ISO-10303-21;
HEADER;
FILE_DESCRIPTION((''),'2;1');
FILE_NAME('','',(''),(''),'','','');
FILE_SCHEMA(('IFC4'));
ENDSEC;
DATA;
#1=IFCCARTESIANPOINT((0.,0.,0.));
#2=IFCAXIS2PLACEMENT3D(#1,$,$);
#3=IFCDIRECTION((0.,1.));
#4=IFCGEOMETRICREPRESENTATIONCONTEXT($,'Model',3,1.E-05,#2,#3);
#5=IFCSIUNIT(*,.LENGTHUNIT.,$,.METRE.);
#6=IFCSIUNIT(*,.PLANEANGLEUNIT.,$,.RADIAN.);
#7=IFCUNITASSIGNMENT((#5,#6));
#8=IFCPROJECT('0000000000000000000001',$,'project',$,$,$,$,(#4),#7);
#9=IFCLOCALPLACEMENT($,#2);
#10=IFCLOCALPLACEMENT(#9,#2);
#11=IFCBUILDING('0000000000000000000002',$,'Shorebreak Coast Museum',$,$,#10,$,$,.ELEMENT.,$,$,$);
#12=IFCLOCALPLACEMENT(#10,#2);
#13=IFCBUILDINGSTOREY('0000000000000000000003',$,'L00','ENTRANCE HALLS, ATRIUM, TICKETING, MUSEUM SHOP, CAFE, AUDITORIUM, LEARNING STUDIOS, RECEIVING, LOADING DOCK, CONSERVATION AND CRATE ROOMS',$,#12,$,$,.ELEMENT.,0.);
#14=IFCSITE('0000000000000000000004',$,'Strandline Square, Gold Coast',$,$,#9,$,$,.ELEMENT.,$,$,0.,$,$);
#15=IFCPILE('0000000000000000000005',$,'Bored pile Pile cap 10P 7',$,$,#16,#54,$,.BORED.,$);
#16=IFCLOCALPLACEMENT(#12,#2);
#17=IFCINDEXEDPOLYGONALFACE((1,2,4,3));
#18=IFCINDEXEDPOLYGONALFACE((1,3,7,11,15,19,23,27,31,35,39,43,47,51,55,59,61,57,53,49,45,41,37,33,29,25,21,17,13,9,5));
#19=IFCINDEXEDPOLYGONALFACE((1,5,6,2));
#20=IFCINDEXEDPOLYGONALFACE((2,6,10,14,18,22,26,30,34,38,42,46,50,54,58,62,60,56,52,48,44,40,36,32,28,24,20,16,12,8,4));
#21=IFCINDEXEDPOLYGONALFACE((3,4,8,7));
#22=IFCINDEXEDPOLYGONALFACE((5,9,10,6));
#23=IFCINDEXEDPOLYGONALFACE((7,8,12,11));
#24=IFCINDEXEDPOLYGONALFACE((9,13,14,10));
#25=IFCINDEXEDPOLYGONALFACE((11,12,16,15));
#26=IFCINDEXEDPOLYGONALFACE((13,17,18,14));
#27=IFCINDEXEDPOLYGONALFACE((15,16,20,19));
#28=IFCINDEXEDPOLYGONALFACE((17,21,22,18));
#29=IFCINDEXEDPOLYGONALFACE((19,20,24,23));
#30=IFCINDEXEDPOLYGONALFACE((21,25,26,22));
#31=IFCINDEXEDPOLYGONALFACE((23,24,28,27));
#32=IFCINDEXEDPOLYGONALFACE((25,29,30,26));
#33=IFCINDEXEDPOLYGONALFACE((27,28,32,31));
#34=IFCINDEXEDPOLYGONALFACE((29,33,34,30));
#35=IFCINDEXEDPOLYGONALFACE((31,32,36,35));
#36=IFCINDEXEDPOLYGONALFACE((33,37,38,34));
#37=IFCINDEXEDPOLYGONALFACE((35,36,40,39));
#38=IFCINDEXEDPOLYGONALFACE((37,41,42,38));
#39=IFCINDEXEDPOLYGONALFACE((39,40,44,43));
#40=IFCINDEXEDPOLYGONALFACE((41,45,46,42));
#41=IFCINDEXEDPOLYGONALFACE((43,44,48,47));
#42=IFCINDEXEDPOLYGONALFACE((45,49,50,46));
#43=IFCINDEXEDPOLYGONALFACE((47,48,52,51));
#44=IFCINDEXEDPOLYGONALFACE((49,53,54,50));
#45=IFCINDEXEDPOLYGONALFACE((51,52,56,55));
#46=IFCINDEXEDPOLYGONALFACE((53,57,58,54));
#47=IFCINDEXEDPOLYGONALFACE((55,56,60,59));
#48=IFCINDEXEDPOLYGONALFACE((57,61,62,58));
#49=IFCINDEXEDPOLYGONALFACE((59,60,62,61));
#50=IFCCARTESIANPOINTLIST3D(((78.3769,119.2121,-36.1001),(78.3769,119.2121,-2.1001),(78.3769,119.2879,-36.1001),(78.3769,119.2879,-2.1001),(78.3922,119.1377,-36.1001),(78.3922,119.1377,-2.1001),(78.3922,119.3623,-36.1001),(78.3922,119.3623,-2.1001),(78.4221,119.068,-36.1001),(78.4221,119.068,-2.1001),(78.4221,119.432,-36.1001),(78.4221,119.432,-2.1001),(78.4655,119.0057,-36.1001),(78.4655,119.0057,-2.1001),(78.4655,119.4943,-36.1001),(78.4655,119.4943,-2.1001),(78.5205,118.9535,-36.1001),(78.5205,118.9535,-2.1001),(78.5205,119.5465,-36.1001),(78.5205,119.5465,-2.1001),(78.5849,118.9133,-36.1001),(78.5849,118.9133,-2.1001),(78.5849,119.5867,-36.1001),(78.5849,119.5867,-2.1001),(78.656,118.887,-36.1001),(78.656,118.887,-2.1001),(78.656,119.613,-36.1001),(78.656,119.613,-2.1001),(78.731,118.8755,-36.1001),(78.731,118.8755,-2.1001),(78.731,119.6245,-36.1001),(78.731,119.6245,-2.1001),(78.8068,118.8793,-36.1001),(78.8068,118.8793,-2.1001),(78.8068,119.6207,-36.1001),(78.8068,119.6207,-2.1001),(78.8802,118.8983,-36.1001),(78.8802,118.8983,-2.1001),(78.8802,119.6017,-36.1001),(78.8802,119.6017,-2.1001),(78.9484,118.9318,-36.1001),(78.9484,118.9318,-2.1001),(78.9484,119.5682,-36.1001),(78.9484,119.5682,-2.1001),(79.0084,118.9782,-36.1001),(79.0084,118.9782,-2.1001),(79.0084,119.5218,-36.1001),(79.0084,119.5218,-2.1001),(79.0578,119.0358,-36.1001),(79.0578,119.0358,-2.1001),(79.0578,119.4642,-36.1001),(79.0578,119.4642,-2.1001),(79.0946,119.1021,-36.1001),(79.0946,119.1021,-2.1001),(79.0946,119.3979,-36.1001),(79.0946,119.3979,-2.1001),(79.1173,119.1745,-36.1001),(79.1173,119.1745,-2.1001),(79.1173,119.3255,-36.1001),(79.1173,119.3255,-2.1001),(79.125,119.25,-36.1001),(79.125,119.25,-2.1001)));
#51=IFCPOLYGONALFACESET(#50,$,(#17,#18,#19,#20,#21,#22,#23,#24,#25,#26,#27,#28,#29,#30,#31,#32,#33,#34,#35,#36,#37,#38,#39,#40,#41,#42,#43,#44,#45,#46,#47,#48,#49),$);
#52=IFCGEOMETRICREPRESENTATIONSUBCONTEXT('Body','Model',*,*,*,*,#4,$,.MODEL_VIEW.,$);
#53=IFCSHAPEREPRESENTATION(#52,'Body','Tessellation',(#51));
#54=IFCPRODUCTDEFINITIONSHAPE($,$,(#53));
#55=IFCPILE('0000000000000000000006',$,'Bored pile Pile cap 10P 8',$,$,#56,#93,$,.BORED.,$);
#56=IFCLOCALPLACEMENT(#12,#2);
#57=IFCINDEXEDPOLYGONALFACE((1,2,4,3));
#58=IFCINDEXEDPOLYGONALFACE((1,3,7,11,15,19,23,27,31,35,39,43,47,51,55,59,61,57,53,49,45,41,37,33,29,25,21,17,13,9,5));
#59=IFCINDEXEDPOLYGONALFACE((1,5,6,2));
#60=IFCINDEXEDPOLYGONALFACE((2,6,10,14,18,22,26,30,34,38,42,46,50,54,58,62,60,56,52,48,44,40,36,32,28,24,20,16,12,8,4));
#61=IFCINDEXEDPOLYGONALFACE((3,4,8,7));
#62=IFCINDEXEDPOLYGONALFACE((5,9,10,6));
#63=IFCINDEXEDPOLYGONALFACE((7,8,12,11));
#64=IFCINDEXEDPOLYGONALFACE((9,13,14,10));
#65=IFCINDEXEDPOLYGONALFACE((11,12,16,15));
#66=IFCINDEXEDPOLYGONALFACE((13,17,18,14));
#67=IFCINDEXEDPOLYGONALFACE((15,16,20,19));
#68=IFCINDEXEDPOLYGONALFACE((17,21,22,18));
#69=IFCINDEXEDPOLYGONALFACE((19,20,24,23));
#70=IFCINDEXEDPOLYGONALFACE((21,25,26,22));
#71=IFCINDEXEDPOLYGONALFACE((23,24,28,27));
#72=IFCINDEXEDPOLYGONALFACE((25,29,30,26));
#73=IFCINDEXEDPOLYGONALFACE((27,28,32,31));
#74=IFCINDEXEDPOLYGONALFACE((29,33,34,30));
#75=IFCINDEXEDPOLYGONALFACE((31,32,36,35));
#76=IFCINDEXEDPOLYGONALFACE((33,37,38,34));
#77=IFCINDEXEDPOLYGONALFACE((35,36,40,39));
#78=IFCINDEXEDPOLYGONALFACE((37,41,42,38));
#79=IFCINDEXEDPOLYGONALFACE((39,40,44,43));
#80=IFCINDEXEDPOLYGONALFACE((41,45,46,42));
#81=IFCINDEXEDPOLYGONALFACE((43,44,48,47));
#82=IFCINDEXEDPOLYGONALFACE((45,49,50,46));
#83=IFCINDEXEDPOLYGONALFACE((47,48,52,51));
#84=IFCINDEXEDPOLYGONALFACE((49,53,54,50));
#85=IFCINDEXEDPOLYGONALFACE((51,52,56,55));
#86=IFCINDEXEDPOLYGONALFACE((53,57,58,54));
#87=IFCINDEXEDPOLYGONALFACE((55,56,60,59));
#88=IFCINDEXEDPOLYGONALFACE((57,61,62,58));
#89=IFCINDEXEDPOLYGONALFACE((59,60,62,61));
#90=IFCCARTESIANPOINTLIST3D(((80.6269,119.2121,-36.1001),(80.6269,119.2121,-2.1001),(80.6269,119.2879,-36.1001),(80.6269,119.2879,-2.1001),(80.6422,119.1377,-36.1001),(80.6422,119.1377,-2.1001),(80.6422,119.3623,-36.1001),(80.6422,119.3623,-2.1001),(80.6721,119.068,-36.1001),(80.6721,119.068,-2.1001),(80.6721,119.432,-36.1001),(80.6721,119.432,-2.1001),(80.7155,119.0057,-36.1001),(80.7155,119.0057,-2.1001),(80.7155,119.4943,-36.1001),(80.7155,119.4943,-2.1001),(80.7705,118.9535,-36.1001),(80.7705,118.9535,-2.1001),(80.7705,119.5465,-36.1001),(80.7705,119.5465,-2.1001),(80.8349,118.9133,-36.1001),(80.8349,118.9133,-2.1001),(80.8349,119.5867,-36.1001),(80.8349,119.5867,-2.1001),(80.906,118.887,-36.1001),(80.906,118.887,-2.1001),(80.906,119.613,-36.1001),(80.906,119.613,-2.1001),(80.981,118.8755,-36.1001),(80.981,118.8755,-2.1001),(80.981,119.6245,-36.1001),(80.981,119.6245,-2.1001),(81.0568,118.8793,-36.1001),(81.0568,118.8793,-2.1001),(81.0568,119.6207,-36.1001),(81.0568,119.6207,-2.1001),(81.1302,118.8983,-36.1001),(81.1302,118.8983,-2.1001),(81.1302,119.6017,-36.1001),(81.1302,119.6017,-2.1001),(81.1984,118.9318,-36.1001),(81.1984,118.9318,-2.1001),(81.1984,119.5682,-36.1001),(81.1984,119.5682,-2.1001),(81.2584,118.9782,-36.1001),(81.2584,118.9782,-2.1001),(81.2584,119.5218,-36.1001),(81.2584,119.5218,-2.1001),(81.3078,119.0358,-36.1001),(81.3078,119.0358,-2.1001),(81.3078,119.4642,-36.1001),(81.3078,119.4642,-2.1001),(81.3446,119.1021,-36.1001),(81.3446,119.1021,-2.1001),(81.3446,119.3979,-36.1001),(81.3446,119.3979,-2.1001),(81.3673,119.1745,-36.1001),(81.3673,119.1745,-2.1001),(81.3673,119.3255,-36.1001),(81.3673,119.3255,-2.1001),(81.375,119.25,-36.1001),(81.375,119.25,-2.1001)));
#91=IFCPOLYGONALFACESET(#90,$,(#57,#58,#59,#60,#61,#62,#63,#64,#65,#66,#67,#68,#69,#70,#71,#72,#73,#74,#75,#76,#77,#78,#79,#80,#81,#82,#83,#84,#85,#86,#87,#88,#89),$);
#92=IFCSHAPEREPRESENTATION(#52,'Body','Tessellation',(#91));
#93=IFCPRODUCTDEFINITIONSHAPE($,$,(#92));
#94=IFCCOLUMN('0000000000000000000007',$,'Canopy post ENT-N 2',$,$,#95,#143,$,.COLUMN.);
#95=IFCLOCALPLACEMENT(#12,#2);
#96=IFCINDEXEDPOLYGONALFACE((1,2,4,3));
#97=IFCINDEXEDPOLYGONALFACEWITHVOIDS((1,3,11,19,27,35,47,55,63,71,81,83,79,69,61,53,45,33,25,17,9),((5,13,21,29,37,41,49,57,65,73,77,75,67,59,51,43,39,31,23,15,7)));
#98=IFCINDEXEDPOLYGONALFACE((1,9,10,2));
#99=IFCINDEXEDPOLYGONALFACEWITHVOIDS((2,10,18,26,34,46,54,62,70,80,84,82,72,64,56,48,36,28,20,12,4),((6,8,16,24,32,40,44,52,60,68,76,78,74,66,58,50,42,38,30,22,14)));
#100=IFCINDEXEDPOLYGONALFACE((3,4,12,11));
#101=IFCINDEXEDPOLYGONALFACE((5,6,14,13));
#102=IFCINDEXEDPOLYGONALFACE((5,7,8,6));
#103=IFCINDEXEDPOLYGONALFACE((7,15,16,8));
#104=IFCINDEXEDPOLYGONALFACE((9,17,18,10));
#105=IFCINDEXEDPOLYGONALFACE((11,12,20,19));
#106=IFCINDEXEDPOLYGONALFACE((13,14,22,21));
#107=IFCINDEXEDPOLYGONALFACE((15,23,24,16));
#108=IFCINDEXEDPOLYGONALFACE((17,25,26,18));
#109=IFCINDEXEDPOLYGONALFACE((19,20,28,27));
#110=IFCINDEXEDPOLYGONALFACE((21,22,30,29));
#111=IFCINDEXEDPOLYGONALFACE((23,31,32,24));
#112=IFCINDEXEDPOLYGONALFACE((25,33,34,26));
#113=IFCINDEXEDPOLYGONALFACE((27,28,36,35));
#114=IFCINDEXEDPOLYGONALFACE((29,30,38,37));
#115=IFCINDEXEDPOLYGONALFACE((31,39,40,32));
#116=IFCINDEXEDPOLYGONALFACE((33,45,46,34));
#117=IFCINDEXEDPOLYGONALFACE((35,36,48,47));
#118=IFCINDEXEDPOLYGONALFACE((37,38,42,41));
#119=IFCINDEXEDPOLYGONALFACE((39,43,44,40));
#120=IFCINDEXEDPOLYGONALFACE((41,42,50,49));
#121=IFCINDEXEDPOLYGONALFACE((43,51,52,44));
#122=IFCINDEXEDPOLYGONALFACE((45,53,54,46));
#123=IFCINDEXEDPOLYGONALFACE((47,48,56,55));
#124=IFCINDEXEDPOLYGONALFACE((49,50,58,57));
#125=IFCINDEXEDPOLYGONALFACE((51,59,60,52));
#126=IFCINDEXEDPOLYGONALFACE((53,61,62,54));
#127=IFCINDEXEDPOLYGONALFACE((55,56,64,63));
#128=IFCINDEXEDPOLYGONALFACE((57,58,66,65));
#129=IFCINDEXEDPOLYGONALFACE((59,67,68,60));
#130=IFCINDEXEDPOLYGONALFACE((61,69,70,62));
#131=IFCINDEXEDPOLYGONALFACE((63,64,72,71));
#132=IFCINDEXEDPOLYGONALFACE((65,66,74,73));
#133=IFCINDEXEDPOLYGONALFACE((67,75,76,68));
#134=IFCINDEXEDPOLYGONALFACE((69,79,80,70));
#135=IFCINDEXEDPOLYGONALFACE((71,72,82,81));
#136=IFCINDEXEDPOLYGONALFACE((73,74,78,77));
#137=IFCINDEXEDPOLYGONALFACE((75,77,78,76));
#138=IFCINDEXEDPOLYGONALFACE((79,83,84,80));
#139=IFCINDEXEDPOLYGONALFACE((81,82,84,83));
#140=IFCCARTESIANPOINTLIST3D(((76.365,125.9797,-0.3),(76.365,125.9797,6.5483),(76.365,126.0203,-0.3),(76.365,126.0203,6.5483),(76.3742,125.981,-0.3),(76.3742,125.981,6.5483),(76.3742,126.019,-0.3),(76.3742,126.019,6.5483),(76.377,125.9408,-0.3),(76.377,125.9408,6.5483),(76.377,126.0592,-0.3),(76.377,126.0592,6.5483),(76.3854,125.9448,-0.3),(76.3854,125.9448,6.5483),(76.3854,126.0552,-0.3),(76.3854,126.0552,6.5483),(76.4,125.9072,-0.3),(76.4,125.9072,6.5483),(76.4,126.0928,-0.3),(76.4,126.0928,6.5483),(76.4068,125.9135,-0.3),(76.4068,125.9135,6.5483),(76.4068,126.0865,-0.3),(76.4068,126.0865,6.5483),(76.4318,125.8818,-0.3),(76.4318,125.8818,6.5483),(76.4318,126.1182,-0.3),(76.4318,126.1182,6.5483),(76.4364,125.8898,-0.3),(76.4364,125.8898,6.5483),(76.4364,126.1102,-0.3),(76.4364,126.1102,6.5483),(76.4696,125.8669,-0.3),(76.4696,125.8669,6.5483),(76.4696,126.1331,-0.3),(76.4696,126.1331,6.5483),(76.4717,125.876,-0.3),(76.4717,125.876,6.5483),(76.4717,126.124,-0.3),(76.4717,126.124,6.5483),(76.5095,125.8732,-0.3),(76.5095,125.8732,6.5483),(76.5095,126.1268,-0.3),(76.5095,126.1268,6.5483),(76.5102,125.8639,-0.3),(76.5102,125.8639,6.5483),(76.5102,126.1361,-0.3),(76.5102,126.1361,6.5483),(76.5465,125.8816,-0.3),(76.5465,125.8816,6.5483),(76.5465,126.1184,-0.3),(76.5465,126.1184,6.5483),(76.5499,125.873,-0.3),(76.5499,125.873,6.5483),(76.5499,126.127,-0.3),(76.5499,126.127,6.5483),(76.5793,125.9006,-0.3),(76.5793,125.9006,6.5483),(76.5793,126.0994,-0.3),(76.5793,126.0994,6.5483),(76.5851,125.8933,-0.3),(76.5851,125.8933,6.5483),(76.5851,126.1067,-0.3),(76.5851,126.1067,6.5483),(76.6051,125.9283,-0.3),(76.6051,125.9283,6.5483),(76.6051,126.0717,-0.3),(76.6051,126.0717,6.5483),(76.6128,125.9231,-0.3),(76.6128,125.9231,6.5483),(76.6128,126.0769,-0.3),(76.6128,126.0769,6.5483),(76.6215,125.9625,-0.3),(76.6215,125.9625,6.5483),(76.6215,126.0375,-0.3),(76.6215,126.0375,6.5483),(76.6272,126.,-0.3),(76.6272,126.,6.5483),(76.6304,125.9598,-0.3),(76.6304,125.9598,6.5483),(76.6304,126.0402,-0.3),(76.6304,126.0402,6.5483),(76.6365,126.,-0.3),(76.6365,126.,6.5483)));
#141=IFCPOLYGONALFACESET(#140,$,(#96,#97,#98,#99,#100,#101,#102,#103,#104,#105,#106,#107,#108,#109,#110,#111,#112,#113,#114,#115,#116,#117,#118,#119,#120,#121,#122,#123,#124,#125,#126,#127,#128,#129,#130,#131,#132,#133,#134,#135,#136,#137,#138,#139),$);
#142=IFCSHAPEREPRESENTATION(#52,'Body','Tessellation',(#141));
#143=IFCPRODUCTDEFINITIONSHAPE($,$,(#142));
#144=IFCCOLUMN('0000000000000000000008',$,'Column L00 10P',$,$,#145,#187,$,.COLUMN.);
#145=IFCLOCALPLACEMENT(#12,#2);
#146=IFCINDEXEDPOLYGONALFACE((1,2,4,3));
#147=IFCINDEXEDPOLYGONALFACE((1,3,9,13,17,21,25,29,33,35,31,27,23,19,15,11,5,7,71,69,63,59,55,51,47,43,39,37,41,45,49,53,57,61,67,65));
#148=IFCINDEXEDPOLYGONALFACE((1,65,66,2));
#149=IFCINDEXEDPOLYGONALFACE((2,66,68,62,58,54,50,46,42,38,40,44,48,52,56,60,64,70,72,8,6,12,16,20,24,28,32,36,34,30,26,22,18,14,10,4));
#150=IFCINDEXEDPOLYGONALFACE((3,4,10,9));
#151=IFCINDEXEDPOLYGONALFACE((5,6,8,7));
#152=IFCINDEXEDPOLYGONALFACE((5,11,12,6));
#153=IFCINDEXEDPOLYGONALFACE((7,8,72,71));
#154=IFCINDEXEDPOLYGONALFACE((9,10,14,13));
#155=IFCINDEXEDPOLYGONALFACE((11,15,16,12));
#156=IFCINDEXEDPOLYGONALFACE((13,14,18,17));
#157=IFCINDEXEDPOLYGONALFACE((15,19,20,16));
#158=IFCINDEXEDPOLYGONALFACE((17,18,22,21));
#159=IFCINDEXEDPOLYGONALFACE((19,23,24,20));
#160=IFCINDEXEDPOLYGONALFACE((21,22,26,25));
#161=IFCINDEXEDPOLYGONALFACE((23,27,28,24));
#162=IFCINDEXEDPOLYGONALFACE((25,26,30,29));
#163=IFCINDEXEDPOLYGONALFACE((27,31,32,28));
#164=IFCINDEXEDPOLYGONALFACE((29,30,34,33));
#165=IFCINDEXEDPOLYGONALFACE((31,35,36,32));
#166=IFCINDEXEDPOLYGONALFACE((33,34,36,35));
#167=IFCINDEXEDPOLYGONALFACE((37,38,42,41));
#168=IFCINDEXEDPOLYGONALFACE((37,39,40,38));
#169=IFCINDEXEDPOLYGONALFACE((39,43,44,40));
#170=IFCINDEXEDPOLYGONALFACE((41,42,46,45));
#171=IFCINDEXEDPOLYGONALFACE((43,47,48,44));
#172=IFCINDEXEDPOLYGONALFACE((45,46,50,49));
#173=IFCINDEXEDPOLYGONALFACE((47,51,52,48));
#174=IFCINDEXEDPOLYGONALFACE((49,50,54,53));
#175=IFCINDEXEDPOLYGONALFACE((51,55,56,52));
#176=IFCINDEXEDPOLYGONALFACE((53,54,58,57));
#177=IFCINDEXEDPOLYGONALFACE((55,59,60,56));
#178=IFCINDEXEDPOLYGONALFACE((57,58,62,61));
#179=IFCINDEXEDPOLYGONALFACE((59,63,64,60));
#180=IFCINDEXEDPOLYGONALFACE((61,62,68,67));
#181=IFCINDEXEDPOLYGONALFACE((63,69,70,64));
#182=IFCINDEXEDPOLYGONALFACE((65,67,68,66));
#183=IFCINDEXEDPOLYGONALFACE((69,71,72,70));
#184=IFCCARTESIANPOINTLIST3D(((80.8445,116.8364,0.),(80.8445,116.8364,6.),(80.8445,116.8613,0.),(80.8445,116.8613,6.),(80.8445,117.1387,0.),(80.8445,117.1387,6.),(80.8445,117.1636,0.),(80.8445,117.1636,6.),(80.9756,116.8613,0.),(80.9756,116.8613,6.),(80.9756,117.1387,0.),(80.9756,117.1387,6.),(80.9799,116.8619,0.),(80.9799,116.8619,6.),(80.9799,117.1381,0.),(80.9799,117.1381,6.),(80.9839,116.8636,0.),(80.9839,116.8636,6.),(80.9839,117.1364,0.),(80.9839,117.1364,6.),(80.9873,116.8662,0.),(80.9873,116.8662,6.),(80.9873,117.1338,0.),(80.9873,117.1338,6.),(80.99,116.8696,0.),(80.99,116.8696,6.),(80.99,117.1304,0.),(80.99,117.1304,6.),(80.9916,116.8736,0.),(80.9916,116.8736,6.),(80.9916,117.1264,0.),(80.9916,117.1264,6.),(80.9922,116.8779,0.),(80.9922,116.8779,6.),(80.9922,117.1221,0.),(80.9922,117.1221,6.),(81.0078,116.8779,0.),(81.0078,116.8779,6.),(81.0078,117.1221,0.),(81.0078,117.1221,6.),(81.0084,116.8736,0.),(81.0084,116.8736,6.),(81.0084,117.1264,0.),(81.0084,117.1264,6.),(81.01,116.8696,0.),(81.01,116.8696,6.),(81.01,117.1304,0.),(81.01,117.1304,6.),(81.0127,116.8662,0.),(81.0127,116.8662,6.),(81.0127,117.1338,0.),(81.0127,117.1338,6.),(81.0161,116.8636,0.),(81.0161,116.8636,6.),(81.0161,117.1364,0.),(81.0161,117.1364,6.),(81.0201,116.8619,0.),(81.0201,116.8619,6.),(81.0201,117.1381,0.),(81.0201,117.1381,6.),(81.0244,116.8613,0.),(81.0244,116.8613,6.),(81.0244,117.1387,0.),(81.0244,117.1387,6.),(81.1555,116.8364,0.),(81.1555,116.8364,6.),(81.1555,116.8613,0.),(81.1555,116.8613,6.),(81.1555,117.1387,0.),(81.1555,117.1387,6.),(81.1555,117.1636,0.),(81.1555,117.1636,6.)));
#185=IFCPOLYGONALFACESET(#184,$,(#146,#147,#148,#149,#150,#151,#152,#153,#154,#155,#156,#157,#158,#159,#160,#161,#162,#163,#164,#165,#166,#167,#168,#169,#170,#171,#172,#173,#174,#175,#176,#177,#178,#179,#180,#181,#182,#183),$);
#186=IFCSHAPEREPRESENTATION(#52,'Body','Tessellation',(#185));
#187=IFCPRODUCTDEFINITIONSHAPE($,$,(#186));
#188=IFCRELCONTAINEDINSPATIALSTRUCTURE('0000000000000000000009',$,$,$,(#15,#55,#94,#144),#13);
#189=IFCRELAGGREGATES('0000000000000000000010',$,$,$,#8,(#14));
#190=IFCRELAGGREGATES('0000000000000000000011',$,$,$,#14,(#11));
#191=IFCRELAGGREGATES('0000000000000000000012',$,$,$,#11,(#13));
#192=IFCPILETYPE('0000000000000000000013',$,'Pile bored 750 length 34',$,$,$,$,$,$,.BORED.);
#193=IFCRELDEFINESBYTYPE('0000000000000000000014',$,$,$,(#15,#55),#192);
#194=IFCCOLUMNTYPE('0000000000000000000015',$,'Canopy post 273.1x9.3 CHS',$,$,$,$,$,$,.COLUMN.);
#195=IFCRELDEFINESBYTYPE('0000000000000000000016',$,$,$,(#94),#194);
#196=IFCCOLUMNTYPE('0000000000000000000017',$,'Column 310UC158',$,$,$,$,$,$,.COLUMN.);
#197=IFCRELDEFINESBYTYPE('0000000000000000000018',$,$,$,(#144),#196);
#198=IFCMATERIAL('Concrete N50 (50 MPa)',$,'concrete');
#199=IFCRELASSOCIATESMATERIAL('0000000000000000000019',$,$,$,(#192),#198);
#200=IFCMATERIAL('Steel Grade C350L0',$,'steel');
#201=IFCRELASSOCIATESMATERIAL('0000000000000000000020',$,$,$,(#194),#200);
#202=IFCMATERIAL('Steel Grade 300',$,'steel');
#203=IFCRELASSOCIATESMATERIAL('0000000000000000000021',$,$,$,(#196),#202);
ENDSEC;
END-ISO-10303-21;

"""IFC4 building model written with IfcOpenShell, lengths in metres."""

from ifc_helpers import new_model, si_unit, direction, frame, origin, origin_2d, place, context, subcontext, project, spatial, circle, hollow_circle, i_section, extrude, material, material_profile, profile_set, type_object, element, save


model = new_model("IFC4")

# Units and contexts
model_context = context("Model", 3, precision=1e-05, world=origin(), true_north=direction((0.0, 1.0)))
body_context = subcontext(model_context, "Body", "Model", "MODEL_VIEW")
ifc_project = project(units=[si_unit("LENGTHUNIT", "METRE"), si_unit("PLANEANGLEUNIT", "RADIAN")], contexts=[model_context])

# Site, building, storey
site_placement = place(None, origin())
site = spatial("IfcSite", under=ifc_project, at=site_placement, Name="Strandline Square, Gold Coast", CompositionType="ELEMENT", RefElevation=0.0)
building_placement = place(site_placement, origin())
building = spatial("IfcBuilding", under=site, at=building_placement, Name="Shorebreak Coast Museum", CompositionType="ELEMENT")
storey_placement = place(building_placement, origin())
storey = spatial("IfcBuildingStorey", under=building, at=storey_placement, Name="L00", Description="ENTRANCE HALLS, ATRIUM, TICKETING, MUSEUM SHOP, CAFE, AUDITORIUM, LEARNING STUDIOS, RECEIVING, LOADING DOCK, CONSERVATION AND CRATE ROOMS", CompositionType="ELEMENT", Elevation=0.0)

# Piles
ifc_material_1 = material(Name="Concrete N50 (50 MPa)", Category="concrete")
ifc_material_profile_1 = material_profile(ifc_material_1, circle(Radius=0.375, at=origin_2d()), Name="Pile bored 750 length 34")
ifc_profile_set_1 = profile_set([ifc_material_profile_1], Name="Concrete N50 (50 MPa)")
pile_type_1 = type_object("IfcPileType", Name="Pile bored 750 length 34", PredefinedType="BORED", material=ifc_profile_set_1)
for number, where, z_axis, x_axis, name in (
    (1, (78.75, 119.25, -2.1001), (0.0, 0.0, -1.0), (1.0, 0.0, 0.0), "Bored pile Pile cap 10P 7"),
    (2, (81.0, 119.25, -2.1001), (0.0, 0.0, -1.0), (1.0, 0.0, 0.0), "Bored pile Pile cap 10P 8"),
):
    element("IfcPile", number, at=place(storey_placement, frame(where, z_axis=z_axis, x_axis=x_axis)), inside=storey, type_object=pile_type_1, Name=name, PredefinedType="BORED", context=body_context, shape_type="SweptSolid", body=[
        extrude(circle(Radius=0.375, at=origin_2d()), origin(), (0.0, 0.0, 1.0), 34.0),
    ])

# Columns
ifc_material_2 = material(Name="Steel Grade C350L0", Category="steel")
ifc_material_profile_2 = material_profile(ifc_material_2, hollow_circle(Radius=0.1365, WallThickness=0.0093, at=origin_2d()), Name="273.1x9.3 CHS")
ifc_profile_set_2 = profile_set([ifc_material_profile_2], Name="Steel Grade C350L0")
column_type_1 = type_object("IfcColumnType", Name="Canopy post 273.1x9.3 CHS", PredefinedType="COLUMN", material=ifc_profile_set_2)
column_1_placement = place(storey_placement, frame((76.5, 126.0, -0.3), z_axis=(0.0, 0.0, 1.0), x_axis=(1.0, 0.0, 0.0)))
element("IfcColumn", 3, at=column_1_placement, inside=storey, type_object=column_type_1, Name="Canopy post ENT-N 2", PredefinedType="COLUMN", context=body_context, shape_type="SweptSolid", body=[
    extrude(hollow_circle(Radius=0.1365, WallThickness=0.0093, at=origin_2d()), origin(), (0.0, 0.0, 1.0), 6.8484),
])
ifc_material_3 = material(Name="Steel Grade 300", Category="steel")
ifc_material_profile_3 = material_profile(ifc_material_3, i_section(OverallWidth=0.311, OverallDepth=0.3271, WebThickness=0.0156, FlangeThickness=0.0249, FilletRadius=0.0166, at=origin_2d()), Name="310UC158")
ifc_profile_set_3 = profile_set([ifc_material_profile_3], Name="Steel Grade 300")
column_type_2 = type_object("IfcColumnType", Name="Column 310UC158", PredefinedType="COLUMN", material=ifc_profile_set_3)
column_2_placement = place(storey_placement, frame((81.0, 117.0, 0.0), z_axis=(0.0, 0.0, 1.0), x_axis=(1.0, 0.0, 0.0)))
element("IfcColumn", 4, at=column_2_placement, inside=storey, type_object=column_type_2, Name="Column L00 10P", PredefinedType="COLUMN", context=body_context, shape_type="SweptSolid", body=[
    extrude(i_section(OverallWidth=0.311, OverallDepth=0.3271, WebThickness=0.0156, FlangeThickness=0.0249, FilletRadius=0.0166, at=origin_2d()), origin(), (0.0, 0.0, 1.0), 6.0),
])

save(model, "model.ifc")
